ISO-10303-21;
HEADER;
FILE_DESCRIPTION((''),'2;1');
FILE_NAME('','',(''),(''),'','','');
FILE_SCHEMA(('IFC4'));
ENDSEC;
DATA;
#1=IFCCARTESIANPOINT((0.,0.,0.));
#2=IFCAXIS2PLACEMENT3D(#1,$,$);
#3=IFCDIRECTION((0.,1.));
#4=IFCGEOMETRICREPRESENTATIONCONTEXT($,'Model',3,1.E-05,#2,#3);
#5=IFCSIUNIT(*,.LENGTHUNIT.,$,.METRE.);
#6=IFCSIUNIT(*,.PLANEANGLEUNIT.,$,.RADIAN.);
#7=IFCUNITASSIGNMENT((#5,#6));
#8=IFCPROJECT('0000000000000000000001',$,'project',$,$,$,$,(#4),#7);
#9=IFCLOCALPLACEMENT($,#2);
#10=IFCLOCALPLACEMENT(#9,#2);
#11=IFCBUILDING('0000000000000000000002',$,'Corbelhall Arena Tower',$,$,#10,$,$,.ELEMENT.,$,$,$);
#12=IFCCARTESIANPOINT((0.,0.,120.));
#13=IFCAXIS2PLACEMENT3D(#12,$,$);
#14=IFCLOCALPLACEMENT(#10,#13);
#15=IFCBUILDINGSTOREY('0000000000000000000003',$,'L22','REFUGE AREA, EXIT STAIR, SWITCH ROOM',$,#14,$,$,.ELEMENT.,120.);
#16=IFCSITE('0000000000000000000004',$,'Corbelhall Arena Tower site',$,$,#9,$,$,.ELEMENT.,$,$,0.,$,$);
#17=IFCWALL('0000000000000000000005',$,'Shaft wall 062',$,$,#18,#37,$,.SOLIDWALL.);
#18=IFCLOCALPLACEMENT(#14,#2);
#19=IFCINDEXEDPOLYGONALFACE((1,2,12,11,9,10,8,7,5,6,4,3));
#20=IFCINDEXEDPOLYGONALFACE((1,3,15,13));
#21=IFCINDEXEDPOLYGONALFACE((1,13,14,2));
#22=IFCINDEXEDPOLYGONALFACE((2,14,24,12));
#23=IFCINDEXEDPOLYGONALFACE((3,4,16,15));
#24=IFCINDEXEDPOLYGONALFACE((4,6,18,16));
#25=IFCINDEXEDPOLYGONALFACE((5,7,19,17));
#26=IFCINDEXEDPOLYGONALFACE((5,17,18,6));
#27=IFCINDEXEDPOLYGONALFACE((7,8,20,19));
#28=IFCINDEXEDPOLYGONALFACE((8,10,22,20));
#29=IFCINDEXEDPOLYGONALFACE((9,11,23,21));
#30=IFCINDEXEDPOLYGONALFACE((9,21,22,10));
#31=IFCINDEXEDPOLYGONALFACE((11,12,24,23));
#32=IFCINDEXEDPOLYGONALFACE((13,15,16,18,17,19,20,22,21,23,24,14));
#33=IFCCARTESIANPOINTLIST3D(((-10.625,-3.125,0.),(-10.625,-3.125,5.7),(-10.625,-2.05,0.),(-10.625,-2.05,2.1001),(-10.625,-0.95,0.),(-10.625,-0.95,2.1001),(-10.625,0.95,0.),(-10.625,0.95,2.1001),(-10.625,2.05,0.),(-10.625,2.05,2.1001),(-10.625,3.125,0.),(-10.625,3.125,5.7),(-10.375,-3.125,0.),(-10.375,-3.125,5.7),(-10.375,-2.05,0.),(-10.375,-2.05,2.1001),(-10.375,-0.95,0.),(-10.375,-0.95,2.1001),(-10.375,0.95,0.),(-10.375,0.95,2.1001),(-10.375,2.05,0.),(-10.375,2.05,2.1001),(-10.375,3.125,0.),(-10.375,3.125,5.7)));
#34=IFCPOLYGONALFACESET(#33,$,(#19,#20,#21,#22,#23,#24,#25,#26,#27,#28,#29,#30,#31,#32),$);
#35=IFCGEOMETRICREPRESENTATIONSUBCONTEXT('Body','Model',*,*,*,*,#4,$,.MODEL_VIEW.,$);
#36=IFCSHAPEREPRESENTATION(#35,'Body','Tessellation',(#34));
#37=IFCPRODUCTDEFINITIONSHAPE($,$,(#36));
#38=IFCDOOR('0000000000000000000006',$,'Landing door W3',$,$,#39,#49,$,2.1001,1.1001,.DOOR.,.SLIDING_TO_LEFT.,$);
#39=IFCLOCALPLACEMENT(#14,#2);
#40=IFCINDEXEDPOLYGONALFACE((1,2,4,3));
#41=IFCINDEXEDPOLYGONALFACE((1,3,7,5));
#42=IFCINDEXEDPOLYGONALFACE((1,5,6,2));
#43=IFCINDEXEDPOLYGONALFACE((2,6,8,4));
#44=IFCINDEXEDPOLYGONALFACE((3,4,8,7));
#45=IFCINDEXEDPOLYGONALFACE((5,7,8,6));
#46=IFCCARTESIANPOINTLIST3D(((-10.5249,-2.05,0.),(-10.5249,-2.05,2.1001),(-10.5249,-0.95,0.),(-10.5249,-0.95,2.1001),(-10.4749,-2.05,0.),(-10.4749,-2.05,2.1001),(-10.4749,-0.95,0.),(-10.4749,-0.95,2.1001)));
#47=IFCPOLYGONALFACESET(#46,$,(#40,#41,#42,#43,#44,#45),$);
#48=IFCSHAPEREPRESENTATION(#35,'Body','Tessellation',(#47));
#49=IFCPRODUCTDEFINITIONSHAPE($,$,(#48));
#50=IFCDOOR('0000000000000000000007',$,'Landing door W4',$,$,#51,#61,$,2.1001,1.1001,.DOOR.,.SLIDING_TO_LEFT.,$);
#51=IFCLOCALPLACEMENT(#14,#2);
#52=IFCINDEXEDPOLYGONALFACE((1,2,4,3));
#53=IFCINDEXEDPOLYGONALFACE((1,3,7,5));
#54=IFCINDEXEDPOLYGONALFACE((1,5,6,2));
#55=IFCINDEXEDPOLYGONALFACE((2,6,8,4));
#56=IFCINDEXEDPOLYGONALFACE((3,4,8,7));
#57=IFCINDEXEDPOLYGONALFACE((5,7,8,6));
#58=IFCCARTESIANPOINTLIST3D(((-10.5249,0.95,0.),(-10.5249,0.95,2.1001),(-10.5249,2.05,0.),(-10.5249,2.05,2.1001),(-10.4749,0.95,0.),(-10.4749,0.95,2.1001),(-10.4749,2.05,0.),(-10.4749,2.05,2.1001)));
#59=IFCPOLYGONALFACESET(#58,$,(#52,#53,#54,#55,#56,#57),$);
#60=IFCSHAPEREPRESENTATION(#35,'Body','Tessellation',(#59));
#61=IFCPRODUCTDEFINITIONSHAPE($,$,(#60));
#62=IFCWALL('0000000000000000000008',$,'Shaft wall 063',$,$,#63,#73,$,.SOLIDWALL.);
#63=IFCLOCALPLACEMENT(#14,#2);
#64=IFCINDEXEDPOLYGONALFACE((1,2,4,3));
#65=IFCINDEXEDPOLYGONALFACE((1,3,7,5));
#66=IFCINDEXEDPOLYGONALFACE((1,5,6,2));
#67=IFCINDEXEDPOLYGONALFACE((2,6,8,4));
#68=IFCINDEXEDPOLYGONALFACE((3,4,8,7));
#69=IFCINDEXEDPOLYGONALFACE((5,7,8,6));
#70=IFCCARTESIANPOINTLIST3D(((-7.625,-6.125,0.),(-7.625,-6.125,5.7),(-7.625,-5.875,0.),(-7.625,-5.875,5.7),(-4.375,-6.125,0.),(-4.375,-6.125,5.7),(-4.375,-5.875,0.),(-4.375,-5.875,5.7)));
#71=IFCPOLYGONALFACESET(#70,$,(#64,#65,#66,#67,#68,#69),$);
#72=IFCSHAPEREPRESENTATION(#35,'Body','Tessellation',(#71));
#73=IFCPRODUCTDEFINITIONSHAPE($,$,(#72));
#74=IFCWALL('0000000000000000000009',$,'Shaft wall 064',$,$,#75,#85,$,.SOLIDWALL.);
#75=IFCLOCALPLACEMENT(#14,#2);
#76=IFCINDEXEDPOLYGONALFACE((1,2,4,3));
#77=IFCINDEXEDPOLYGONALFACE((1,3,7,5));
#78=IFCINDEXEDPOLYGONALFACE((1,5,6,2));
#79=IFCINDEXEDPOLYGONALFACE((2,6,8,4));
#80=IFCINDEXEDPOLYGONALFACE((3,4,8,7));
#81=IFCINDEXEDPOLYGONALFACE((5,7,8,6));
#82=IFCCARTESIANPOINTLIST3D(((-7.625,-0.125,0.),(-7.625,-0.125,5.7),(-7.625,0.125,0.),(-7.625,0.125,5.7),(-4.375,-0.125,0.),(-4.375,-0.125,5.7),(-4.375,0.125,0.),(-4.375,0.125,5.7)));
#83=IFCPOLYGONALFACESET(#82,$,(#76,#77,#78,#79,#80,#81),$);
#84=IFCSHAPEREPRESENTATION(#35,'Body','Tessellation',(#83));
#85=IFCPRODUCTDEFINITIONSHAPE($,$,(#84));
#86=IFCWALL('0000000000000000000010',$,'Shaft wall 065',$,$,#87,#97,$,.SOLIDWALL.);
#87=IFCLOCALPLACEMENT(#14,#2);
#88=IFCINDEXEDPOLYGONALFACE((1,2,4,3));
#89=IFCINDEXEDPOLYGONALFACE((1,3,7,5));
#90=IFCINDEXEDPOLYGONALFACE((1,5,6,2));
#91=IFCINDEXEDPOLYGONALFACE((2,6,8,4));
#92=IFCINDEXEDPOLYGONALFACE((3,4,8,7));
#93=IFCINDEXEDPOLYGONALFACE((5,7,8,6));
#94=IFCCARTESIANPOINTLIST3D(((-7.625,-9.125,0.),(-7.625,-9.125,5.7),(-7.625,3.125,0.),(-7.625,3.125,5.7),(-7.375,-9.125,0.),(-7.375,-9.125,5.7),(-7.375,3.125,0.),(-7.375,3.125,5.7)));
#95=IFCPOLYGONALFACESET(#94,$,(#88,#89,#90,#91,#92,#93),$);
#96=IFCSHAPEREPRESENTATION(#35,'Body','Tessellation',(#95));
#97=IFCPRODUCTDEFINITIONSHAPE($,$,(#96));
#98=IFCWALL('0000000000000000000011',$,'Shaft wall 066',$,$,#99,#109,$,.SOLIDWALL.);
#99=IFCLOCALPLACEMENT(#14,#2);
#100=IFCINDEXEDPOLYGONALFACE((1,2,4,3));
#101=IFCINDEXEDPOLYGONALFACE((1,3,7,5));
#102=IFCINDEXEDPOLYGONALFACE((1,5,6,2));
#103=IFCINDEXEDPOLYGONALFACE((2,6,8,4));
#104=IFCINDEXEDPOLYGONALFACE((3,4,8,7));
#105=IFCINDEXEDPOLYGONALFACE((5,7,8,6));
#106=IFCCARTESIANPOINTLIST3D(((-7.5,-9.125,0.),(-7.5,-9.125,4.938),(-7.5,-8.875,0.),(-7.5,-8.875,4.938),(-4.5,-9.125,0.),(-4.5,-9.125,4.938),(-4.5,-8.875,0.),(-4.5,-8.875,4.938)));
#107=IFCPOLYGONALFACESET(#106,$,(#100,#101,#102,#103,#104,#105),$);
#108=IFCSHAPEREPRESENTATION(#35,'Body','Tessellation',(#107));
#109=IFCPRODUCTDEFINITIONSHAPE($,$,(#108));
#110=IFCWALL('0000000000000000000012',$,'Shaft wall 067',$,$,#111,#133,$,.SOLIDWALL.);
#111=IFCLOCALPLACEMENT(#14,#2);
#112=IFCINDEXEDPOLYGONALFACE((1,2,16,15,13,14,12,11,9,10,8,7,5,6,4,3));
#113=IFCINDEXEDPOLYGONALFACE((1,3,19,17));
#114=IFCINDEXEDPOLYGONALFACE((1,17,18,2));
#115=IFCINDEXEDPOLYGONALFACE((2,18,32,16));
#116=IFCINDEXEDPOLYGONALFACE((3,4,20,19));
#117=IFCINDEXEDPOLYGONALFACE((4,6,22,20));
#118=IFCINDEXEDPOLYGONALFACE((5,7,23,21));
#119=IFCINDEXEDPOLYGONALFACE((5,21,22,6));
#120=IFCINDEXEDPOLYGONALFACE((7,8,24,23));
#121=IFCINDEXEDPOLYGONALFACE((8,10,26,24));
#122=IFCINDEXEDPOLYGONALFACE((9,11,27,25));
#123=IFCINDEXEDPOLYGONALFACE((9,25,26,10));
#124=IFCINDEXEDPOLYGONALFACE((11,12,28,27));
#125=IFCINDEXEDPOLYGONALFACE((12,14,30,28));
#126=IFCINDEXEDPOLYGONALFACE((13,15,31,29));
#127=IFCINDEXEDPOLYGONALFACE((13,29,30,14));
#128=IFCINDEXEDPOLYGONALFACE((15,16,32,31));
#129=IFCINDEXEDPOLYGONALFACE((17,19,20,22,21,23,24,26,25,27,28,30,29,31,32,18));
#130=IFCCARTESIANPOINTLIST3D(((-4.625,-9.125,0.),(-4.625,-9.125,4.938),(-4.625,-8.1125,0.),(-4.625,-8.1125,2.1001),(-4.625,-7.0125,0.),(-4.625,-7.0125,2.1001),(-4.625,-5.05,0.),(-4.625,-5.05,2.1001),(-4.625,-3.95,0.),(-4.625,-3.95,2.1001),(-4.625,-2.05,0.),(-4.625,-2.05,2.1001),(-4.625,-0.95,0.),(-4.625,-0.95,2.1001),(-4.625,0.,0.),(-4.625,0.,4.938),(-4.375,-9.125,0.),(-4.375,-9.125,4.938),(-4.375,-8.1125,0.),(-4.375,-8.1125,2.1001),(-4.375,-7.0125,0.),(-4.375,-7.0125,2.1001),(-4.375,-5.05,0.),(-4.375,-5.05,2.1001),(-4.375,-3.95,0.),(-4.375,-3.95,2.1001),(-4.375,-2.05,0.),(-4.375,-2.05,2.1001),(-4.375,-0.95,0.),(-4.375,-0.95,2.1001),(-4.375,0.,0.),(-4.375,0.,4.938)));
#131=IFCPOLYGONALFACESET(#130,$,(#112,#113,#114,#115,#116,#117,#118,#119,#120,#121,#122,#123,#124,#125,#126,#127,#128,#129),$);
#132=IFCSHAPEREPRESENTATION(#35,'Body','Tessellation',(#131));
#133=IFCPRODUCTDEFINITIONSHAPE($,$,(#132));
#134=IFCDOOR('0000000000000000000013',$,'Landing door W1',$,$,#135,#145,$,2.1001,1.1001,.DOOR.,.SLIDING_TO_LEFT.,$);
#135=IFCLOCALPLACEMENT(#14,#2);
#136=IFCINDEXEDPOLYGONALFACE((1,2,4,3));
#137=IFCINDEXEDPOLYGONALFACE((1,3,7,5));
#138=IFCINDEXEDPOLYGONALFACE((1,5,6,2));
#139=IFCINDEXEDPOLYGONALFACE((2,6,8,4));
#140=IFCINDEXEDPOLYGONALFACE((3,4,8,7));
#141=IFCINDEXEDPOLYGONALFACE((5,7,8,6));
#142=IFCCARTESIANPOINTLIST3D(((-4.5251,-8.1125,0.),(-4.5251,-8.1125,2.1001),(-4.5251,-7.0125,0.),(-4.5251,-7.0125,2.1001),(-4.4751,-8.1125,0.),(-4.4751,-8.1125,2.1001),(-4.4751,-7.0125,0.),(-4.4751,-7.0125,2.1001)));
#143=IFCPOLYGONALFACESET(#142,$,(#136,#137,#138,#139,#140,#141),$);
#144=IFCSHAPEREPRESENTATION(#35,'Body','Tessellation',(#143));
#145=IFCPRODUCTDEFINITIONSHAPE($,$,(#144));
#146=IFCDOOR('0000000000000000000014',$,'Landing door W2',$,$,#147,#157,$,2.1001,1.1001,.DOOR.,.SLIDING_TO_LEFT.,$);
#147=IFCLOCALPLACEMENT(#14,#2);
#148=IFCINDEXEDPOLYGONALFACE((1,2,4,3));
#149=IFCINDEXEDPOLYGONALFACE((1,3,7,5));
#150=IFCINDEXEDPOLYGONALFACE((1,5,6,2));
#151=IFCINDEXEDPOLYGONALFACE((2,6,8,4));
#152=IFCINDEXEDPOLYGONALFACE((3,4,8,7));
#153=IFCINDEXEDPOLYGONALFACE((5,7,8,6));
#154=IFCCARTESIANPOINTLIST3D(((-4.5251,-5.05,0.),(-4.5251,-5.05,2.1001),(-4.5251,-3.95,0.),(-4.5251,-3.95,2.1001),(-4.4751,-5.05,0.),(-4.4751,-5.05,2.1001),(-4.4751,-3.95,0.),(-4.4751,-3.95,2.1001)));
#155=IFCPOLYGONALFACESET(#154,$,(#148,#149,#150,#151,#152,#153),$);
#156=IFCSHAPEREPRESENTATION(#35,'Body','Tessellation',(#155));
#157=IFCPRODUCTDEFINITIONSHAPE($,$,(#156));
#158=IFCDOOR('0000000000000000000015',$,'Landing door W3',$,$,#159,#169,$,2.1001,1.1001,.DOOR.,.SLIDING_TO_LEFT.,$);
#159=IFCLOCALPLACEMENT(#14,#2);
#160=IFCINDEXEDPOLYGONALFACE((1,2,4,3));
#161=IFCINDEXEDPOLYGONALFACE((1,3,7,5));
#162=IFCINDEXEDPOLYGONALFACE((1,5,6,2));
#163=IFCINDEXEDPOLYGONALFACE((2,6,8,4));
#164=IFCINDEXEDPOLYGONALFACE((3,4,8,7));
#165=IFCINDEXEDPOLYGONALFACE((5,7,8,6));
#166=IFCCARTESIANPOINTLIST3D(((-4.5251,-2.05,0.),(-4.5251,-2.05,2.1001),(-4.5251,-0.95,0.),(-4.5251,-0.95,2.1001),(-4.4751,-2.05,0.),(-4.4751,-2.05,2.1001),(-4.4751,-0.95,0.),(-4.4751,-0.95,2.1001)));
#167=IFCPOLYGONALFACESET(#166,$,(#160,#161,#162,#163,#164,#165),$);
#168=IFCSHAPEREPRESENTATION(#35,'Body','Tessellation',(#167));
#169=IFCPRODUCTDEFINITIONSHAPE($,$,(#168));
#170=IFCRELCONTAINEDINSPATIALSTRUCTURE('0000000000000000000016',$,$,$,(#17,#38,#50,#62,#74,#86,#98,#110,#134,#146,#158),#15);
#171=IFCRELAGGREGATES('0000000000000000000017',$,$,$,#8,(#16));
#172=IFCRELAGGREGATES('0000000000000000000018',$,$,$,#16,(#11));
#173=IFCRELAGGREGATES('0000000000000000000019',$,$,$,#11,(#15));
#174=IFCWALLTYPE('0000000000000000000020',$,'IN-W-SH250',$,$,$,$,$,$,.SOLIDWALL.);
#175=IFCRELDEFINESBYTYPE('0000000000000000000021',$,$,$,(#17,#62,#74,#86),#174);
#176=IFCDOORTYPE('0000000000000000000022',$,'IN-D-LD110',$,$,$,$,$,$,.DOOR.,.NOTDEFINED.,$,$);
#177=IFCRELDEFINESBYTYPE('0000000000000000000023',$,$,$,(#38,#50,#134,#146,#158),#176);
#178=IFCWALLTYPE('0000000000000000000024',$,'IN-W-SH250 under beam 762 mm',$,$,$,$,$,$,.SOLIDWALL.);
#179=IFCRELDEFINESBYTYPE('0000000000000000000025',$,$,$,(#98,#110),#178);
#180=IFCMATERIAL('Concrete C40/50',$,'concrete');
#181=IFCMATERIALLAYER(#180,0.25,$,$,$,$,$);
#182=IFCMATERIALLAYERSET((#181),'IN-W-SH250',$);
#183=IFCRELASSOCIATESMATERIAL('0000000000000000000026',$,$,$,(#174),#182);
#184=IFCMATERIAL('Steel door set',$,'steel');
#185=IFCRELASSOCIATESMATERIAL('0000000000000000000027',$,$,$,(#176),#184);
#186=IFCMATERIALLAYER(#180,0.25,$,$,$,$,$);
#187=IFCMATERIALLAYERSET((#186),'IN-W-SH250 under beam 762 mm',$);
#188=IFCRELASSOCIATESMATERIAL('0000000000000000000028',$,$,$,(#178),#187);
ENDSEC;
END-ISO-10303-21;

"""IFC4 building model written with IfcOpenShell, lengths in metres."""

from ifc_helpers import new_model, si_unit, direction, frame, frame_2d, origin, place, context, subcontext, project, spatial, rectangle, extrude, material, layer, layer_set, type_object, element, fill, save


model = new_model("IFC4")

# Units and contexts
model_context = context("Model", 3, precision=1e-05, world=origin(), true_north=direction((0.0, 1.0)))
body_context = subcontext(model_context, "Body", "Model", "MODEL_VIEW")
ifc_project = project(units=[si_unit("LENGTHUNIT", "METRE"), si_unit("PLANEANGLEUNIT", "RADIAN")], contexts=[model_context])

# Site, building, storey
site_placement = place(None, origin())
site = spatial("IfcSite", under=ifc_project, at=site_placement, Name="Corbelhall Arena Tower site", CompositionType="ELEMENT", RefElevation=0.0)
building_placement = place(site_placement, origin())
building = spatial("IfcBuilding", under=site, at=building_placement, Name="Corbelhall Arena Tower", CompositionType="ELEMENT")
storey_placement = place(building_placement, frame((0.0, 0.0, 120.0)))
storey = spatial("IfcBuildingStorey", under=building, at=storey_placement, Name="L22", Description="REFUGE AREA, EXIT STAIR, SWITCH ROOM", CompositionType="ELEMENT", Elevation=120.0)

# Shared definitions
ifc_material_1 = material(Name="Concrete C40/50", Category="concrete")

# Shared definitions
ifc_material_2 = material(Name="Steel door set", Category="steel")

# Wall, openings, doors
ifc_layer_1 = layer(ifc_material_1, 0.25)
ifc_layer_set_1 = layer_set([ifc_layer_1], Name="IN-W-SH250")
wall_type_1 = type_object("IfcWallType", Name="IN-W-SH250", PredefinedType="SOLIDWALL", material=ifc_layer_set_1)
wall_1_placement = place(storey_placement, frame((-10.5, -3.125, 0.0), z_axis=(0.0, 0.0, 1.0), x_axis=(0.0, 1.0, 0.0)))
wall_1 = element("IfcWall", 1, at=wall_1_placement, inside=storey, type_object=wall_type_1, Name="Shaft wall 062", PredefinedType="SOLIDWALL", context=body_context, shape_type="SweptSolid", body=[
    extrude(rectangle(XDim=6.25, YDim=0.25, at=frame_2d((3.125, 0.0))), origin(), (0.0, 0.0, 1.0), 5.7),
])
opening_1_placement = place(wall_1_placement, frame((1.075, 0.0, 0.0)))
opening_1 = element("IfcOpeningElement", 2, at=opening_1_placement, cuts=wall_1, PredefinedType="OPENING", context=body_context, shape_type="SweptSolid", body=[
    extrude(rectangle(XDim=1.1001, YDim=2.1001, at=frame_2d((0.55, 1.05))), frame((0.0, 0.125, 0.0), z_axis=(0.0, -1.0, 0.0), x_axis=(1.0, 0.0, 0.0)), (0.0, 0.0, 1.0), 0.25),
])
opening_2_placement = place(wall_1_placement, frame((4.075, 0.0, 0.0)))
opening_2 = element("IfcOpeningElement", 3, at=opening_2_placement, cuts=wall_1, PredefinedType="OPENING", context=body_context, shape_type="SweptSolid", body=[
    extrude(rectangle(XDim=1.1001, YDim=2.1001, at=frame_2d((0.55, 1.05))), frame((0.0, 0.125, 0.0), z_axis=(0.0, -1.0, 0.0), x_axis=(1.0, 0.0, 0.0)), (0.0, 0.0, 1.0), 0.25),
])
door_type_1 = type_object("IfcDoorType", Name="IN-D-LD110", OperationType="NOTDEFINED", PredefinedType="DOOR", material=ifc_material_2)
door_1_placement = place(opening_1_placement, origin())
door_1 = element("IfcDoor", 4, at=door_1_placement, inside=storey, type_object=door_type_1, Name="Landing door W3", OperationType="SLIDING_TO_LEFT", OverallHeight=2.1001, OverallWidth=1.1001, PredefinedType="DOOR", context=body_context, shape_type="SweptSolid", body=[
    extrude(rectangle(XDim=1.1001, YDim=2.1001, at=frame_2d((0.55, 1.05))), frame((0.0, 0.0249, 0.0), z_axis=(0.0, -1.0, 0.0), x_axis=(1.0, 0.0, 0.0)), (0.0, 0.0, 1.0), 0.05),
])
fill(opening_1, door_1)
door_2_placement = place(opening_2_placement, origin())
door_2 = element("IfcDoor", 5, at=door_2_placement, inside=storey, type_object=door_type_1, Name="Landing door W4", OperationType="SLIDING_TO_LEFT", OverallHeight=2.1001, OverallWidth=1.1001, PredefinedType="DOOR", context=body_context, shape_type="SweptSolid", body=[
    extrude(rectangle(XDim=1.1001, YDim=2.1001, at=frame_2d((0.55, 1.05))), frame((0.0, 0.0249, 0.0), z_axis=(0.0, -1.0, 0.0), x_axis=(1.0, 0.0, 0.0)), (0.0, 0.0, 1.0), 0.05),
])
fill(opening_2, door_2)

# Walls
for number, where, z_axis, x_axis, name in (
    (6, (-7.625, -6.0, 0.0), (0.0, 0.0, 1.0), (1.0, 0.0, 0.0), "Shaft wall 063"),
    (7, (-7.625, 0.0, 0.0), (0.0, 0.0, 1.0), (1.0, 0.0, 0.0), "Shaft wall 064"),
):
    element("IfcWall", number, at=place(storey_placement, frame(where, z_axis=z_axis, x_axis=x_axis)), inside=storey, type_object=wall_type_1, Name=name, PredefinedType="SOLIDWALL", context=body_context, shape_type="SweptSolid", body=[
        extrude(rectangle(XDim=3.25, YDim=0.25, at=frame_2d((1.625, 0.0))), origin(), (0.0, 0.0, 1.0), 5.7),
    ])
wall_2_placement = place(storey_placement, frame((-7.5, -9.125, 0.0), z_axis=(0.0, 0.0, 1.0), x_axis=(0.0, 1.0, 0.0)))
element("IfcWall", 8, at=wall_2_placement, inside=storey, type_object=wall_type_1, Name="Shaft wall 065", PredefinedType="SOLIDWALL", context=body_context, shape_type="SweptSolid", body=[
    extrude(rectangle(XDim=12.25, YDim=0.25, at=frame_2d((6.125, 0.0))), origin(), (0.0, 0.0, 1.0), 5.7),
])
ifc_layer_2 = layer(ifc_material_1, 0.25)
ifc_layer_set_2 = layer_set([ifc_layer_2], Name="IN-W-SH250 under beam 762 mm")
wall_type_2 = type_object("IfcWallType", Name="IN-W-SH250 under beam 762 mm", PredefinedType="SOLIDWALL", material=ifc_layer_set_2)
wall_3_placement = place(storey_placement, frame((-4.5, -9.0, 0.0), z_axis=(0.0, 0.0, 1.0), x_axis=(-1.0, 0.0, 0.0)))
element("IfcWall", 9, at=wall_3_placement, inside=storey, type_object=wall_type_2, Name="Shaft wall 066", PredefinedType="SOLIDWALL", context=body_context, shape_type="SweptSolid", body=[
    extrude(rectangle(XDim=3.0, YDim=0.25, at=frame_2d((1.5, 0.0))), origin(), (0.0, 0.0, 1.0), 4.938),
])

# Wall, openings, doors
wall_4_placement = place(storey_placement, frame((-4.5, 0.0, 0.0), z_axis=(0.0, 0.0, 1.0), x_axis=(0.0, -1.0, 0.0)))
wall_4 = element("IfcWall", 10, at=wall_4_placement, inside=storey, type_object=wall_type_2, Name="Shaft wall 067", PredefinedType="SOLIDWALL", context=body_context, shape_type="SweptSolid", body=[
    extrude(rectangle(XDim=9.125, YDim=0.25, at=frame_2d((4.5625, 0.0))), origin(), (0.0, 0.0, 1.0), 4.938),
])
opening_3_placement = place(wall_4_placement, frame((7.0125, 0.0, 0.0)))
opening_3 = element("IfcOpeningElement", 11, at=opening_3_placement, cuts=wall_4, PredefinedType="OPENING", context=body_context, shape_type="SweptSolid", body=[
    extrude(rectangle(XDim=1.1001, YDim=2.1001, at=frame_2d((0.55, 1.05))), frame((0.0, 0.125, 0.0), z_axis=(0.0, -1.0, 0.0), x_axis=(1.0, 0.0, 0.0)), (0.0, 0.0, 1.0), 0.25),
])
opening_4_placement = place(wall_4_placement, frame((3.95, 0.0, 0.0)))
opening_4 = element("IfcOpeningElement", 12, at=opening_4_placement, cuts=wall_4, PredefinedType="OPENING", context=body_context, shape_type="SweptSolid", body=[
    extrude(rectangle(XDim=1.1001, YDim=2.1001, at=frame_2d((0.55, 1.05))), frame((0.0, 0.125, 0.0), z_axis=(0.0, -1.0, 0.0), x_axis=(1.0, 0.0, 0.0)), (0.0, 0.0, 1.0), 0.25),
])
opening_5_placement = place(wall_4_placement, frame((0.95, 0.0, 0.0)))
opening_5 = element("IfcOpeningElement", 13, at=opening_5_placement, cuts=wall_4, PredefinedType="OPENING", context=body_context, shape_type="SweptSolid", body=[
    extrude(rectangle(XDim=1.1001, YDim=2.1001, at=frame_2d((0.55, 1.05))), frame((0.0, 0.125, 0.0), z_axis=(0.0, -1.0, 0.0), x_axis=(1.0, 0.0, 0.0)), (0.0, 0.0, 1.0), 0.25),
])
door_3_placement = place(opening_3_placement, origin())
door_3 = element("IfcDoor", 14, at=door_3_placement, inside=storey, type_object=door_type_1, Name="Landing door W1", OperationType="SLIDING_TO_LEFT", OverallHeight=2.1001, OverallWidth=1.1001, PredefinedType="DOOR", context=body_context, shape_type="SweptSolid", body=[
    extrude(rectangle(XDim=1.1001, YDim=2.1001, at=frame_2d((0.55, 1.05))), frame((0.0, 0.0249, 0.0), z_axis=(0.0, -1.0, 0.0), x_axis=(1.0, 0.0, 0.0)), (0.0, 0.0, 1.0), 0.05),
])
fill(opening_3, door_3)
door_4_placement = place(opening_4_placement, origin())
door_4 = element("IfcDoor", 15, at=door_4_placement, inside=storey, type_object=door_type_1, Name="Landing door W2", OperationType="SLIDING_TO_LEFT", OverallHeight=2.1001, OverallWidth=1.1001, PredefinedType="DOOR", context=body_context, shape_type="SweptSolid", body=[
    extrude(rectangle(XDim=1.1001, YDim=2.1001, at=frame_2d((0.55, 1.05))), frame((0.0, 0.0249, 0.0), z_axis=(0.0, -1.0, 0.0), x_axis=(1.0, 0.0, 0.0)), (0.0, 0.0, 1.0), 0.05),
])
fill(opening_4, door_4)
door_5_placement = place(opening_5_placement, origin())
door_5 = element("IfcDoor", 16, at=door_5_placement, inside=storey, type_object=door_type_1, Name="Landing door W3", OperationType="SLIDING_TO_LEFT", OverallHeight=2.1001, OverallWidth=1.1001, PredefinedType="DOOR", context=body_context, shape_type="SweptSolid", body=[
    extrude(rectangle(XDim=1.1001, YDim=2.1001, at=frame_2d((0.55, 1.05))), frame((0.0, 0.0249, 0.0), z_axis=(0.0, -1.0, 0.0), x_axis=(1.0, 0.0, 0.0)), (0.0, 0.0, 1.0), 0.05),
])
fill(opening_5, door_5)

save(model, "model.ifc")
